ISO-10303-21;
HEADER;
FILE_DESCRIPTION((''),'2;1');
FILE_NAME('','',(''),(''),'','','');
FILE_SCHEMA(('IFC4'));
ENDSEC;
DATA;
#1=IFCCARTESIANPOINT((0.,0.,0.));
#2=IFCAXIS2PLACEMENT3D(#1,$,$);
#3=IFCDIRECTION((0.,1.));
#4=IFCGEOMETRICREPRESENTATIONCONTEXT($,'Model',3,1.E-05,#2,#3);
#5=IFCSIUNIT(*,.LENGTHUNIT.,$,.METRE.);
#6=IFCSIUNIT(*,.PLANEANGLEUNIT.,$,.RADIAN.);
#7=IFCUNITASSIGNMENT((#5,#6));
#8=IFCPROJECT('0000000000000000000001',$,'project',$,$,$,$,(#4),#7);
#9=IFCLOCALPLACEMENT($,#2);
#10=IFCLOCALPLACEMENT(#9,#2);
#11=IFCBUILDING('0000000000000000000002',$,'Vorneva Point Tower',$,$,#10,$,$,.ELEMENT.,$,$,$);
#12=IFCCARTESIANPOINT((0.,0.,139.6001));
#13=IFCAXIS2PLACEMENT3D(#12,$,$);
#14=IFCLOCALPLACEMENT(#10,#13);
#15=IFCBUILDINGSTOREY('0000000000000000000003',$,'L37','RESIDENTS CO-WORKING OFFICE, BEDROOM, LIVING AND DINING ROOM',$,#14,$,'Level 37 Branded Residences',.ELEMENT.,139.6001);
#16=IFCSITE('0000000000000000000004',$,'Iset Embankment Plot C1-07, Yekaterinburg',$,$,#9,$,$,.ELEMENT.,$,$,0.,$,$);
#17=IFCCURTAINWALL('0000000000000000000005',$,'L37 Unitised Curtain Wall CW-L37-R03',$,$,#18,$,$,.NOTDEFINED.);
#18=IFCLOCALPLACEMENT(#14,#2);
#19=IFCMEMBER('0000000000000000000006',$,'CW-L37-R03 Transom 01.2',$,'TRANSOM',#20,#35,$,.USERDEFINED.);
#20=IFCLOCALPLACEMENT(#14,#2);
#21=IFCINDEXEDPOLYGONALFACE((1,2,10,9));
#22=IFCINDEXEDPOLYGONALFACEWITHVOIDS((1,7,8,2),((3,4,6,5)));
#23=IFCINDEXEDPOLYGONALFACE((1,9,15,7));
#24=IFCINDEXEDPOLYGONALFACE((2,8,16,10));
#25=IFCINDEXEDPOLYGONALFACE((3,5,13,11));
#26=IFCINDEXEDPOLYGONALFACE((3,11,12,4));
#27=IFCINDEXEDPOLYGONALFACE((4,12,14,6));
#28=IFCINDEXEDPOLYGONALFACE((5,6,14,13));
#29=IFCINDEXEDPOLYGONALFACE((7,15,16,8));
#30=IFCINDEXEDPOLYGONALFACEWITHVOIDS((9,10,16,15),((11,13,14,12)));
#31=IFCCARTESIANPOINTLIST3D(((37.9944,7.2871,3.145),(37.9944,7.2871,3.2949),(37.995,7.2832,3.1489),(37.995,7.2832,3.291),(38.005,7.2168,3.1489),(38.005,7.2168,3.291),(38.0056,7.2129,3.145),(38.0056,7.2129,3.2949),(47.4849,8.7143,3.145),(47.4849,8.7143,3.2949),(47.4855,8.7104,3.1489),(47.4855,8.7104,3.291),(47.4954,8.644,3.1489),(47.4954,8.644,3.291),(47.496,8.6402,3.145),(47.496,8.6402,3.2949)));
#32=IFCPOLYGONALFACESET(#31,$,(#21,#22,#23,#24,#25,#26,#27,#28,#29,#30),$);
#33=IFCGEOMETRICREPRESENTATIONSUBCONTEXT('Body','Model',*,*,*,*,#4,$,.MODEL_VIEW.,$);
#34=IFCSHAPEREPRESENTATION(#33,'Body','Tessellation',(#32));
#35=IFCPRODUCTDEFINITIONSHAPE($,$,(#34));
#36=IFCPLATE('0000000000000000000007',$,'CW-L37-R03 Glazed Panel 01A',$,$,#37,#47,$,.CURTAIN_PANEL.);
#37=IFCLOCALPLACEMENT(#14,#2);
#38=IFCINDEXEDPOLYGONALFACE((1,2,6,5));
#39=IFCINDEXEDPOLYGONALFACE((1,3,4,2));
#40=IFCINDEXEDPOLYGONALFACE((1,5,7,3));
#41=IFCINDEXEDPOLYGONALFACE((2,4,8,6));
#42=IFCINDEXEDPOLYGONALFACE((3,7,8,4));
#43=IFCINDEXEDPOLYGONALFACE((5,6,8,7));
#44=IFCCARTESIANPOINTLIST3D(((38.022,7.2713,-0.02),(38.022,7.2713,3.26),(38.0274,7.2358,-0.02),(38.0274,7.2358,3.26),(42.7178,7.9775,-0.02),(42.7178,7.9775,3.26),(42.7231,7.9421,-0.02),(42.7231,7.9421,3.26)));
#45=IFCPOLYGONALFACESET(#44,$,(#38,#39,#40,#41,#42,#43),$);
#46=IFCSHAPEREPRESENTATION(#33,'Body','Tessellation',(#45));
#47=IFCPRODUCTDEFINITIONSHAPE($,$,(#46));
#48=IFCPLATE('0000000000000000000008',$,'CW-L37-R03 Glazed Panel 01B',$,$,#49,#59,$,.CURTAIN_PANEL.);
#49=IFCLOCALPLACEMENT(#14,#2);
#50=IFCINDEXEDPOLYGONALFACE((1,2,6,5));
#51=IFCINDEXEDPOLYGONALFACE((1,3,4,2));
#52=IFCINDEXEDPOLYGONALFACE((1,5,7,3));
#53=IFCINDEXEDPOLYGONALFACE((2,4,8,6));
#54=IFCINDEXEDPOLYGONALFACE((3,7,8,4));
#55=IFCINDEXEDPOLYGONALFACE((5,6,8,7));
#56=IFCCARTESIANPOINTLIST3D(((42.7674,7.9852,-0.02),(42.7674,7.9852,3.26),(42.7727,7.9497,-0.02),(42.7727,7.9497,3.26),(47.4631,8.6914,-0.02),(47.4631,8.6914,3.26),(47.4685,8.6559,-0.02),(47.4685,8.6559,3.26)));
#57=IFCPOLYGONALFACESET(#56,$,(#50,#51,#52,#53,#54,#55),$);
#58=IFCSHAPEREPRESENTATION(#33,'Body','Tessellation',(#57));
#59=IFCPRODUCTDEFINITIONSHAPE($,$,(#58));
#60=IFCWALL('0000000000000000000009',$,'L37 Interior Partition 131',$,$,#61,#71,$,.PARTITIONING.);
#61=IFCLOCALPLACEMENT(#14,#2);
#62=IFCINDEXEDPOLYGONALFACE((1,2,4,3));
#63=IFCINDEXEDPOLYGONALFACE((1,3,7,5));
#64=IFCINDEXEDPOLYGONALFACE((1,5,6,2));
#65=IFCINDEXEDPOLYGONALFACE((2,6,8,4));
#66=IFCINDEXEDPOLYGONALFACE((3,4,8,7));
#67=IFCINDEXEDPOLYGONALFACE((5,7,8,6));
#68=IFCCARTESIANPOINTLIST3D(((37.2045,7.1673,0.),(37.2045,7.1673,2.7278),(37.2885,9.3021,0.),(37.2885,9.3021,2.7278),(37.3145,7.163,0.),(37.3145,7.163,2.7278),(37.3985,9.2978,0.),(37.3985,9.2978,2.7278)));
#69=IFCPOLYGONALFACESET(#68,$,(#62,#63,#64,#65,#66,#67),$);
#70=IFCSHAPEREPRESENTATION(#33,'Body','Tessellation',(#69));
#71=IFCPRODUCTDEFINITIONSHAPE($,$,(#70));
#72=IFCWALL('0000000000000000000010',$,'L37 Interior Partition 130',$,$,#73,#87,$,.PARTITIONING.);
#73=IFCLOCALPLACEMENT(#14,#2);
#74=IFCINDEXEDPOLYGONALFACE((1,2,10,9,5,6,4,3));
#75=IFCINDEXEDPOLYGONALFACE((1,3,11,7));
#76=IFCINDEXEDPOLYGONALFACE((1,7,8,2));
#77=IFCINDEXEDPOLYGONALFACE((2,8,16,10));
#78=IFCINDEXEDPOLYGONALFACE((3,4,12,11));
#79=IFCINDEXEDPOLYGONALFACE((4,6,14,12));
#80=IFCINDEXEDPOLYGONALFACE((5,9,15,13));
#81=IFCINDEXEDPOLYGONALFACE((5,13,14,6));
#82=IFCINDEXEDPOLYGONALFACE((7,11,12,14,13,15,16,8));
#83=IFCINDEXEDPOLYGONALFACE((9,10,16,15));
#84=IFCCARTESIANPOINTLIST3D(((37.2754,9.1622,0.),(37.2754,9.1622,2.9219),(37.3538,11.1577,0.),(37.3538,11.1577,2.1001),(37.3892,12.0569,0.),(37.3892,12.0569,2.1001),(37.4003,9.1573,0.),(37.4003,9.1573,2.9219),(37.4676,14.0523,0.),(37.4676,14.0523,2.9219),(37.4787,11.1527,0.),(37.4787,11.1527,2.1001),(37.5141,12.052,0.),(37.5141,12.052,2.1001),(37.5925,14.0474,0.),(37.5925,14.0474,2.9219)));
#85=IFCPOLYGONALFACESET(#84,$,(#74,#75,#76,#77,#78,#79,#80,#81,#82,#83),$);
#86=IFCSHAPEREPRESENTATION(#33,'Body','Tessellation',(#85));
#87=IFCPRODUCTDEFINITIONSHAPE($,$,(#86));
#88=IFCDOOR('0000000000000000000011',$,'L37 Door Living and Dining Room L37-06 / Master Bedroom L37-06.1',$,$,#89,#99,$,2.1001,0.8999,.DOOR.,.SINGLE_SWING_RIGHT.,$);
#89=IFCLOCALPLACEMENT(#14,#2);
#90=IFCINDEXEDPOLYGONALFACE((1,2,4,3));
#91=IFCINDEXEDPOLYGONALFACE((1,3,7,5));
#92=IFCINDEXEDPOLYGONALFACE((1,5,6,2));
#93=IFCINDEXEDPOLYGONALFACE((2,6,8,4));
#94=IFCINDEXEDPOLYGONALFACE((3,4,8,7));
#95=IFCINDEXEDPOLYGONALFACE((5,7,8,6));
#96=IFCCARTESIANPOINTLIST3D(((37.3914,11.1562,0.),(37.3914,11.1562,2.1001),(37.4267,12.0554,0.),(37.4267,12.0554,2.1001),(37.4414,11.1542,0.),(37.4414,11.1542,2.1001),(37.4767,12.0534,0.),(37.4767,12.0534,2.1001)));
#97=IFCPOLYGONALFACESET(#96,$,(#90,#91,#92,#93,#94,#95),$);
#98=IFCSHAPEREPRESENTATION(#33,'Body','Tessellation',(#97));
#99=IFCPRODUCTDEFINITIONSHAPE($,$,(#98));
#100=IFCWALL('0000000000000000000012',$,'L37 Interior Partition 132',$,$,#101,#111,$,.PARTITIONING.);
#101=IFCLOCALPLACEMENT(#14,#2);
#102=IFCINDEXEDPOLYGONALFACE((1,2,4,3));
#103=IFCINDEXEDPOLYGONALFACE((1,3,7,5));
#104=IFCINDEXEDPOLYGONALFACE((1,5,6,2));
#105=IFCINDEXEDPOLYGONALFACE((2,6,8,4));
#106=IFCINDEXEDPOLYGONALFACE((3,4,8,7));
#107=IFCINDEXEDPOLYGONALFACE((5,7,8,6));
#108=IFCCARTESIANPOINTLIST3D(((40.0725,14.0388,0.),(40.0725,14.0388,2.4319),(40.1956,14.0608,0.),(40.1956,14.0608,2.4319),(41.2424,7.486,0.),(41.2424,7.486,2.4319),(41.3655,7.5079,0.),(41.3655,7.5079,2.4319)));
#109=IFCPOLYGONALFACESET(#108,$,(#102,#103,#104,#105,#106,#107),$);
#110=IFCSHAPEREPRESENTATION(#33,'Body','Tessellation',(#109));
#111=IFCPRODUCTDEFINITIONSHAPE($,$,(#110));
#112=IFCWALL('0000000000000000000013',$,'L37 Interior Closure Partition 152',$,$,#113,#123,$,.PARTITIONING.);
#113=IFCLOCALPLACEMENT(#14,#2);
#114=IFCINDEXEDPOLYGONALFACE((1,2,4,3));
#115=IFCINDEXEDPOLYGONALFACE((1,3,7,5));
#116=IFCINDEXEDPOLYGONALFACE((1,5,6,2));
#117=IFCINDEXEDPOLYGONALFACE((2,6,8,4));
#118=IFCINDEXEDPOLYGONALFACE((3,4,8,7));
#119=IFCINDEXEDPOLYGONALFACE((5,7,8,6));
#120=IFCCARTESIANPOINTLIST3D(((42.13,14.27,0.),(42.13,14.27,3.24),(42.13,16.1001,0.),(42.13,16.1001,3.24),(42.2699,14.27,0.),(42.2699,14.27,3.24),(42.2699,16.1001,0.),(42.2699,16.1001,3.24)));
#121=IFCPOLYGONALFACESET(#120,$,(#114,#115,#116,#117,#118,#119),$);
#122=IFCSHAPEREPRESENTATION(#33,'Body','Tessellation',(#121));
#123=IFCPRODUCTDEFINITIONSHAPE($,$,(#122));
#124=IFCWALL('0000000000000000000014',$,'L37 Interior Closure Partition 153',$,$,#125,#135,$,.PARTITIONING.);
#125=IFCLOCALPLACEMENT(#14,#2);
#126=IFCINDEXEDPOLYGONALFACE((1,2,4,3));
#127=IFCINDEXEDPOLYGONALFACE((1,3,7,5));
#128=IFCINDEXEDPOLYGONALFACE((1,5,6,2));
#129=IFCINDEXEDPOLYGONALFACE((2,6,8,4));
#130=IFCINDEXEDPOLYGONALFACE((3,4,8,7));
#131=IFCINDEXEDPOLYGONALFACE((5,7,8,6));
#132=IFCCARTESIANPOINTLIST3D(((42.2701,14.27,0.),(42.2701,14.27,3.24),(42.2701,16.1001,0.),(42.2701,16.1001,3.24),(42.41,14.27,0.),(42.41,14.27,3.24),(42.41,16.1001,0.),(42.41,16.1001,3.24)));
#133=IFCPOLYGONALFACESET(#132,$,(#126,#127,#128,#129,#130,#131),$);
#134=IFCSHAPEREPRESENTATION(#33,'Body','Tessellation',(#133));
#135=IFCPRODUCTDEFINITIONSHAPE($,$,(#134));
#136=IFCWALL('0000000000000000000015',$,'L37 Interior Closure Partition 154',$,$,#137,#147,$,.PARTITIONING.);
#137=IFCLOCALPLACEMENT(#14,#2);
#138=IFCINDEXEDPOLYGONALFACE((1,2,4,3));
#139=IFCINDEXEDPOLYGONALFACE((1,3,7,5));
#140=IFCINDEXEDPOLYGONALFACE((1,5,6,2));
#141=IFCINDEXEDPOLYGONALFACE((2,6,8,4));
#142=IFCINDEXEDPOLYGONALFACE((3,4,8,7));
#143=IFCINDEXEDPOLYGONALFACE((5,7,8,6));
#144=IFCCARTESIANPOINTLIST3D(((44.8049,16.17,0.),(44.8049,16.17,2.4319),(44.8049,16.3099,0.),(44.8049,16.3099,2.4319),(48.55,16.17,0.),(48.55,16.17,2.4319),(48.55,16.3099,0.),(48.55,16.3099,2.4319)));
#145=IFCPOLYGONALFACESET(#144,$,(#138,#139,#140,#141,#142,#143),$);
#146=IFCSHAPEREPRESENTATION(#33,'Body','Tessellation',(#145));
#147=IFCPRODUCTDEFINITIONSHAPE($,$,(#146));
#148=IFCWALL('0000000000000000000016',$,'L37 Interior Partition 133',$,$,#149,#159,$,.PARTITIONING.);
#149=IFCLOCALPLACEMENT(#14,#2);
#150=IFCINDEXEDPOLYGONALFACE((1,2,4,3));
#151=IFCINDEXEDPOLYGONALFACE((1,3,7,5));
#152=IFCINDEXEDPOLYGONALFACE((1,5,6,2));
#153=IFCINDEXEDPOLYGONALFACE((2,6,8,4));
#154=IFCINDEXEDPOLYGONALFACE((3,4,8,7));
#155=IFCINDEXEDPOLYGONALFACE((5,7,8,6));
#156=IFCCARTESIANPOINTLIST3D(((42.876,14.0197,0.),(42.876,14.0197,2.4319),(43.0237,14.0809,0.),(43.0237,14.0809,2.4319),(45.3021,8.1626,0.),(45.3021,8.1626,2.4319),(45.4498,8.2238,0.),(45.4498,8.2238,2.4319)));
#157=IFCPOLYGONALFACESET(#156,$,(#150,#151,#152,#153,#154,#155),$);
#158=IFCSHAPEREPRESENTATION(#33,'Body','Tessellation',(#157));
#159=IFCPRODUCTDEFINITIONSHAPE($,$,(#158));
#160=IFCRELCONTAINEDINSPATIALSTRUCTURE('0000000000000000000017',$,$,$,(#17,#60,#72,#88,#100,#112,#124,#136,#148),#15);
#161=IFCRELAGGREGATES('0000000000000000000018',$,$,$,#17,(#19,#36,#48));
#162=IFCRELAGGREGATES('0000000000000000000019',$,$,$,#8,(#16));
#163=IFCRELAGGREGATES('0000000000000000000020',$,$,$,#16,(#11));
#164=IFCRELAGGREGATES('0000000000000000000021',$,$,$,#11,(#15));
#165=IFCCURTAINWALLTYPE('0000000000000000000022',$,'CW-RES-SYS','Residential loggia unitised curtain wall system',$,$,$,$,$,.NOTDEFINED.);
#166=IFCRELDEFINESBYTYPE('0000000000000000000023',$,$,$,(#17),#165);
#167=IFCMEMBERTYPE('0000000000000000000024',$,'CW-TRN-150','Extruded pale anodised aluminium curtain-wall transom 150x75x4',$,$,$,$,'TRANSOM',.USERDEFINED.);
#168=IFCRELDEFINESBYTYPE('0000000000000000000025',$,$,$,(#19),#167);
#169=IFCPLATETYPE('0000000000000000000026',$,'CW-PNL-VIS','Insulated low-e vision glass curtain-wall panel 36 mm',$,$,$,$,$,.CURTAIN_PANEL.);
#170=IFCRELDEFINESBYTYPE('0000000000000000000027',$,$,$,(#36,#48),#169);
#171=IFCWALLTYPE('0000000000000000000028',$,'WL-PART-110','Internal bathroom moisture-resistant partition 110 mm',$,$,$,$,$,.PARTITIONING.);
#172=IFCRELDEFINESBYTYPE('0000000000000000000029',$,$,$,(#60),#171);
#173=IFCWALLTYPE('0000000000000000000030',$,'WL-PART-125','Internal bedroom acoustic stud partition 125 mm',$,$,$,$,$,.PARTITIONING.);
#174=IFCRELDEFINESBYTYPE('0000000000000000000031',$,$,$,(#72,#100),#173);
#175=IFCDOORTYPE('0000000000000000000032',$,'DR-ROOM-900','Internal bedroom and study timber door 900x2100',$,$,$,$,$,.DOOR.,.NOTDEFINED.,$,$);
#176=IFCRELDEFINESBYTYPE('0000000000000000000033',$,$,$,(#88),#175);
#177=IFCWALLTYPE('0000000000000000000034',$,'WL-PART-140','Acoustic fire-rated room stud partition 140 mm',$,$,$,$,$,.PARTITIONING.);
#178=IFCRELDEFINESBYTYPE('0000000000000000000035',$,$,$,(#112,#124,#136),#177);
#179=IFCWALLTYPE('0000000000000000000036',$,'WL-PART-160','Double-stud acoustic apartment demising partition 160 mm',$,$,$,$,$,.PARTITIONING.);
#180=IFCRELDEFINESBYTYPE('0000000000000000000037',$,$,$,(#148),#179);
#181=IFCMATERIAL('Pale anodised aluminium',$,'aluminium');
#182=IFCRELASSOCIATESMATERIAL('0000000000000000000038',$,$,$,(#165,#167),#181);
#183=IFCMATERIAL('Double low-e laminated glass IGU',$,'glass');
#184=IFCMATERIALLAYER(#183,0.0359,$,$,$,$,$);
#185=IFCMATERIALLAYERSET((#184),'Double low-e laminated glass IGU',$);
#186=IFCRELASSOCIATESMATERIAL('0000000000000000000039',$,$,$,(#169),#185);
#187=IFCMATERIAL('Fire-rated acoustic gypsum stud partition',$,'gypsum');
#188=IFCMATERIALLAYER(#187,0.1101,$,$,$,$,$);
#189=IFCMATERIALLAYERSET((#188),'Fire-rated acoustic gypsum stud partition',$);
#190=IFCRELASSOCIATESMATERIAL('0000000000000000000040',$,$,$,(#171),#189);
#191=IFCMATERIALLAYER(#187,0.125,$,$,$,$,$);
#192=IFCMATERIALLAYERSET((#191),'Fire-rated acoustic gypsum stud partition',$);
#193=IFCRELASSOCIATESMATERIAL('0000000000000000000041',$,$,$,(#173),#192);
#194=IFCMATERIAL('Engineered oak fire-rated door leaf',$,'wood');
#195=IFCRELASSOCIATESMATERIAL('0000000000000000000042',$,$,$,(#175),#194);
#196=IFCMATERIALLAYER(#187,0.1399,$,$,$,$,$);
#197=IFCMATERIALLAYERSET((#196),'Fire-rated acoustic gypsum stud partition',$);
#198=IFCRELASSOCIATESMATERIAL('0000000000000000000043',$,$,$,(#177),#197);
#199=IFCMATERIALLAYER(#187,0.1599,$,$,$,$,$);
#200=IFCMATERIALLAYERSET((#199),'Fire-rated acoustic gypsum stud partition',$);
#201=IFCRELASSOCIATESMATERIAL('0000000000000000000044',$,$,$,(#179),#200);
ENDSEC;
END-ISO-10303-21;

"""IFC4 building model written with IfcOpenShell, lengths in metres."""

from ifc_helpers import new_model, si_unit, direction, frame, frame_2d, origin, origin_2d, place, context, subcontext, project, spatial, rectangle, hollow_rectangle, extrude, material, layer, layer_set, material_profile, profile_set, type_object, element, fill, aggregate, save


model = new_model("IFC4")

# Units and contexts
model_context = context("Model", 3, precision=1e-05, world=origin(), true_north=direction((0.0, 1.0)))
body_context = subcontext(model_context, "Body", "Model", "MODEL_VIEW")
ifc_project = project(units=[si_unit("LENGTHUNIT", "METRE"), si_unit("PLANEANGLEUNIT", "RADIAN")], contexts=[model_context])

# Site, building, storey
site_placement = place(None, origin())
site = spatial("IfcSite", under=ifc_project, at=site_placement, Name="Iset Embankment Plot C1-07, Yekaterinburg", CompositionType="ELEMENT", RefElevation=0.0)
building_placement = place(site_placement, origin())
building = spatial("IfcBuilding", under=site, at=building_placement, Name="Vorneva Point Tower", CompositionType="ELEMENT")
storey_placement = place(building_placement, frame((0.0, 0.0, 139.6001)))
storey = spatial("IfcBuildingStorey", under=building, at=storey_placement, Name="L37", Description="RESIDENTS CO-WORKING OFFICE, BEDROOM, LIVING AND DINING ROOM", LongName="Level 37 Branded Residences", CompositionType="ELEMENT", Elevation=139.6001)

# Curtain wall, member, plates
ifc_material_1 = material(Name="Pale anodised aluminium", Category="aluminium")
curtain_wall_type = type_object("IfcCurtainWallType", Name="CW-RES-SYS", Description="Residential loggia unitised curtain wall system", PredefinedType="NOTDEFINED", material=ifc_material_1)
curtain_wall_placement = place(storey_placement, origin())
curtain_wall = element("IfcCurtainWall", 1, at=curtain_wall_placement, inside=storey, type_object=curtain_wall_type, Name="L37 Unitised Curtain Wall CW-L37-R03", PredefinedType="NOTDEFINED")
ifc_material_profile_1 = material_profile(ifc_material_1, hollow_rectangle(XDim=0.075, YDim=0.1499, WallThickness=0.0039, at=origin_2d()), Name="AL-TRN 150x75x4")
ifc_profile_set_1 = profile_set([ifc_material_profile_1], Name="Pale anodised aluminium")
member_type_1 = type_object("IfcMemberType", Name="CW-TRN-150", Description="Extruded pale anodised aluminium curtain-wall transom 150x75x4", ElementType="TRANSOM", PredefinedType="USERDEFINED", material=ifc_profile_set_1)
member_1_placement = place(storey_placement, frame((38.0, 7.25, 3.22), z_axis=(0.98888, 0.148715, 0.0), x_axis=(-0.148715, 0.98888, 0.0)))
member_1 = element("IfcMember", 2, at=member_1_placement, type_object=member_type_1, Name="CW-L37-R03 Transom 01.2", ObjectType="TRANSOM", PredefinedType="USERDEFINED", context=body_context, shape_type="SweptSolid", body=[
    extrude(hollow_rectangle(XDim=0.075, YDim=0.1499, WallThickness=0.0039, at=origin_2d()), origin(), (0.0, 0.0, 1.0), 9.5972),
])
ifc_material_2 = material(Name="Double low-e laminated glass IGU", Category="glass")
ifc_layer_1 = layer(ifc_material_2, 0.0359)
ifc_layer_set_1 = layer_set([ifc_layer_1], Name="Double low-e laminated glass IGU")
plate_type = type_object("IfcPlateType", Name="CW-PNL-VIS", Description="Insulated low-e vision glass curtain-wall panel 36 mm", PredefinedType="CURTAIN_PANEL", material=ifc_layer_set_1)
plate_1_placement = place(storey_placement, frame((40.3726, 7.6067, -0.02), z_axis=(0.0, 0.0, 1.0), x_axis=(0.988879, 0.148724, 0.0)))
plate_1 = element("IfcPlate", 3, at=plate_1_placement, type_object=plate_type, Name="CW-L37-R03 Glazed Panel 01A", PredefinedType="CURTAIN_PANEL", context=body_context, shape_type="SweptSolid", body=[
    extrude(rectangle(XDim=4.7485, YDim=0.0359, at=origin_2d()), origin(), (0.0, 0.0, 1.0), 3.28),
])
plate_2_placement = place(storey_placement, frame((45.1179, 8.3206, -0.02), z_axis=(0.0, 0.0, 1.0), x_axis=(0.988879, 0.148724, 0.0)))
plate_2 = element("IfcPlate", 4, at=plate_2_placement, type_object=plate_type, Name="CW-L37-R03 Glazed Panel 01B", PredefinedType="CURTAIN_PANEL", context=body_context, shape_type="SweptSolid", body=[
    extrude(rectangle(XDim=4.7485, YDim=0.0359, at=origin_2d()), origin(), (0.0, 0.0, 1.0), 3.28),
])
aggregate(curtain_wall, [member_1, plate_1, plate_2])

# Wall
ifc_material_3 = material(Name="Fire-rated acoustic gypsum stud partition", Category="gypsum")
ifc_layer_2 = layer(ifc_material_3, 0.1101)
ifc_layer_set_2 = layer_set([ifc_layer_2], Name="Fire-rated acoustic gypsum stud partition")
wall_type_1 = type_object("IfcWallType", Name="WL-PART-110", Description="Internal bathroom moisture-resistant partition 110 mm", PredefinedType="PARTITIONING", material=ifc_layer_set_2)
wall_1_placement = place(storey_placement, frame((37.2595, 7.165, 0.0), z_axis=(0.0, 0.0, 1.0), x_axis=(0.039311, 0.999227, 0.0)))
element("IfcWall", 5, at=wall_1_placement, inside=storey, type_object=wall_type_1, Name="L37 Interior Partition 131", PredefinedType="PARTITIONING", context=body_context, shape_type="SweptSolid", body=[
    extrude(rectangle(XDim=2.1365, YDim=0.1101, at=frame_2d((1.0684, 0.0))), origin(), (0.0, 0.0, 1.0), 2.7278),
])

# Wall, opening, door
ifc_layer_3 = layer(ifc_material_3, 0.125)
ifc_layer_set_3 = layer_set([ifc_layer_3], Name="Fire-rated acoustic gypsum stud partition")
wall_type_2 = type_object("IfcWallType", Name="WL-PART-125", Description="Internal bedroom acoustic stud partition 125 mm", PredefinedType="PARTITIONING", material=ifc_layer_set_3)
wall_2_placement = place(storey_placement, frame((37.3379, 9.1599, 0.0), z_axis=(0.0, 0.0, 1.0), x_axis=(0.039261, 0.999229, 0.0)))
wall_2 = element("IfcWall", 6, at=wall_2_placement, inside=storey, type_object=wall_type_2, Name="L37 Interior Partition 130", PredefinedType="PARTITIONING", context=body_context, shape_type="SweptSolid", body=[
    extrude(rectangle(XDim=4.8938, YDim=0.125, at=frame_2d((2.4468, 0.0))), origin(), (0.0, 0.0, 1.0), 2.9219),
])
opening_1_placement = place(wall_2_placement, frame((1.9968, 0.0, 0.0)))
opening_1 = element("IfcOpeningElement", 7, at=opening_1_placement, cuts=wall_2, PredefinedType="OPENING", context=body_context, shape_type="SweptSolid", body=[
    extrude(rectangle(XDim=0.8999, YDim=2.1001, at=frame_2d((0.45, 1.05))), frame((0.0, 0.0774, 0.0), z_axis=(0.0, -1.0, 0.0), x_axis=(1.0, 0.0, 0.0)), (0.0, 0.0, 1.0), 0.1548),
])
ifc_material_4 = material(Name="Engineered oak fire-rated door leaf", Category="wood")
door_type_1 = type_object("IfcDoorType", Name="DR-ROOM-900", Description="Internal bedroom and study timber door 900x2100", OperationType="NOTDEFINED", PredefinedType="DOOR", material=ifc_material_4)
door_1_placement = place(opening_1_placement, origin())
door_1 = element("IfcDoor", 8, at=door_1_placement, inside=storey, type_object=door_type_1, Name="L37 Door Living and Dining Room L37-06 / Master Bedroom L37-06.1", OperationType="SINGLE_SWING_RIGHT", OverallHeight=2.1001, OverallWidth=0.8999, PredefinedType="DOOR", context=body_context, shape_type="SweptSolid", body=[
    extrude(rectangle(XDim=0.8999, YDim=2.1001, at=frame_2d((0.45, 1.05))), frame((0.0, 0.0249, 0.0), z_axis=(0.0, -1.0, 0.0), x_axis=(1.0, 0.0, 0.0)), (0.0, 0.0, 1.0), 0.05),
])
fill(opening_1, door_1)

# Walls
wall_3_placement = place(storey_placement, frame((41.304, 7.4971, 0.0), z_axis=(0.0, 0.0, 1.0), x_axis=(-0.175754, 0.984434, 0.0)))
element("IfcWall", 9, at=wall_3_placement, inside=storey, type_object=wall_type_2, Name="L37 Interior Partition 132", PredefinedType="PARTITIONING", context=body_context, shape_type="SweptSolid", body=[
    extrude(rectangle(XDim=6.6565, YDim=0.125, at=frame_2d((3.3281, 0.0))), origin(), (0.0, 0.0, 1.0), 2.4319),
])
ifc_layer_4 = layer(ifc_material_3, 0.1399)
ifc_layer_set_4 = layer_set([ifc_layer_4], Name="Fire-rated acoustic gypsum stud partition")
wall_type_3 = type_object("IfcWallType", Name="WL-PART-140", Description="Acoustic fire-rated room stud partition 140 mm", PredefinedType="PARTITIONING", material=ifc_layer_set_4)
for number, where, z_axis, x_axis, name in (
    (10, (42.2, 16.1001, 0.0), (0.0, 0.0, 1.0), (0.0, -1.0, 0.0), "L37 Interior Closure Partition 152"),
    (11, (42.3401, 14.27, 0.0), (0.0, 0.0, 1.0), (0.0, 1.0, 0.0), "L37 Interior Closure Partition 153"),
):
    element("IfcWall", number, at=place(storey_placement, frame(where, z_axis=z_axis, x_axis=x_axis)), inside=storey, type_object=wall_type_3, Name=name, PredefinedType="PARTITIONING", context=body_context, shape_type="SweptSolid", body=[
        extrude(rectangle(XDim=1.8301, YDim=0.1399, at=frame_2d((0.915, 0.0))), origin(), (0.0, 0.0, 1.0), 3.24),
    ])
wall_4_placement = place(storey_placement, frame((44.8049, 16.24, 0.0), z_axis=(0.0, 0.0, 1.0), x_axis=(1.0, 0.0, 0.0)))
element("IfcWall", 12, at=wall_4_placement, inside=storey, type_object=wall_type_3, Name="L37 Interior Closure Partition 154", PredefinedType="PARTITIONING", context=body_context, shape_type="SweptSolid", body=[
    extrude(rectangle(XDim=3.7451, YDim=0.1399, at=frame_2d((1.8726, 0.0))), origin(), (0.0, 0.0, 1.0), 2.4319),
])
ifc_layer_5 = layer(ifc_material_3, 0.1599)
ifc_layer_set_5 = layer_set([ifc_layer_5], Name="Fire-rated acoustic gypsum stud partition")
wall_type_4 = type_object("IfcWallType", Name="WL-PART-160", Description="Double-stud acoustic apartment demising partition 160 mm", PredefinedType="PARTITIONING", material=ifc_layer_set_5)
wall_5_placement = place(storey_placement, frame((45.376, 8.1931, 0.0), z_axis=(0.0, 0.0, 1.0), x_axis=(-0.382684, 0.923879, 0.0)))
element("IfcWall", 13, at=wall_5_placement, inside=storey, type_object=wall_type_4, Name="L37 Interior Partition 133", PredefinedType="PARTITIONING", context=body_context, shape_type="SweptSolid", body=[
    extrude(rectangle(XDim=6.3396, YDim=0.1599, at=frame_2d((3.1699, 0.0))), origin(), (0.0, 0.0, 1.0), 2.4319),
])

save(model, "model.ifc")
